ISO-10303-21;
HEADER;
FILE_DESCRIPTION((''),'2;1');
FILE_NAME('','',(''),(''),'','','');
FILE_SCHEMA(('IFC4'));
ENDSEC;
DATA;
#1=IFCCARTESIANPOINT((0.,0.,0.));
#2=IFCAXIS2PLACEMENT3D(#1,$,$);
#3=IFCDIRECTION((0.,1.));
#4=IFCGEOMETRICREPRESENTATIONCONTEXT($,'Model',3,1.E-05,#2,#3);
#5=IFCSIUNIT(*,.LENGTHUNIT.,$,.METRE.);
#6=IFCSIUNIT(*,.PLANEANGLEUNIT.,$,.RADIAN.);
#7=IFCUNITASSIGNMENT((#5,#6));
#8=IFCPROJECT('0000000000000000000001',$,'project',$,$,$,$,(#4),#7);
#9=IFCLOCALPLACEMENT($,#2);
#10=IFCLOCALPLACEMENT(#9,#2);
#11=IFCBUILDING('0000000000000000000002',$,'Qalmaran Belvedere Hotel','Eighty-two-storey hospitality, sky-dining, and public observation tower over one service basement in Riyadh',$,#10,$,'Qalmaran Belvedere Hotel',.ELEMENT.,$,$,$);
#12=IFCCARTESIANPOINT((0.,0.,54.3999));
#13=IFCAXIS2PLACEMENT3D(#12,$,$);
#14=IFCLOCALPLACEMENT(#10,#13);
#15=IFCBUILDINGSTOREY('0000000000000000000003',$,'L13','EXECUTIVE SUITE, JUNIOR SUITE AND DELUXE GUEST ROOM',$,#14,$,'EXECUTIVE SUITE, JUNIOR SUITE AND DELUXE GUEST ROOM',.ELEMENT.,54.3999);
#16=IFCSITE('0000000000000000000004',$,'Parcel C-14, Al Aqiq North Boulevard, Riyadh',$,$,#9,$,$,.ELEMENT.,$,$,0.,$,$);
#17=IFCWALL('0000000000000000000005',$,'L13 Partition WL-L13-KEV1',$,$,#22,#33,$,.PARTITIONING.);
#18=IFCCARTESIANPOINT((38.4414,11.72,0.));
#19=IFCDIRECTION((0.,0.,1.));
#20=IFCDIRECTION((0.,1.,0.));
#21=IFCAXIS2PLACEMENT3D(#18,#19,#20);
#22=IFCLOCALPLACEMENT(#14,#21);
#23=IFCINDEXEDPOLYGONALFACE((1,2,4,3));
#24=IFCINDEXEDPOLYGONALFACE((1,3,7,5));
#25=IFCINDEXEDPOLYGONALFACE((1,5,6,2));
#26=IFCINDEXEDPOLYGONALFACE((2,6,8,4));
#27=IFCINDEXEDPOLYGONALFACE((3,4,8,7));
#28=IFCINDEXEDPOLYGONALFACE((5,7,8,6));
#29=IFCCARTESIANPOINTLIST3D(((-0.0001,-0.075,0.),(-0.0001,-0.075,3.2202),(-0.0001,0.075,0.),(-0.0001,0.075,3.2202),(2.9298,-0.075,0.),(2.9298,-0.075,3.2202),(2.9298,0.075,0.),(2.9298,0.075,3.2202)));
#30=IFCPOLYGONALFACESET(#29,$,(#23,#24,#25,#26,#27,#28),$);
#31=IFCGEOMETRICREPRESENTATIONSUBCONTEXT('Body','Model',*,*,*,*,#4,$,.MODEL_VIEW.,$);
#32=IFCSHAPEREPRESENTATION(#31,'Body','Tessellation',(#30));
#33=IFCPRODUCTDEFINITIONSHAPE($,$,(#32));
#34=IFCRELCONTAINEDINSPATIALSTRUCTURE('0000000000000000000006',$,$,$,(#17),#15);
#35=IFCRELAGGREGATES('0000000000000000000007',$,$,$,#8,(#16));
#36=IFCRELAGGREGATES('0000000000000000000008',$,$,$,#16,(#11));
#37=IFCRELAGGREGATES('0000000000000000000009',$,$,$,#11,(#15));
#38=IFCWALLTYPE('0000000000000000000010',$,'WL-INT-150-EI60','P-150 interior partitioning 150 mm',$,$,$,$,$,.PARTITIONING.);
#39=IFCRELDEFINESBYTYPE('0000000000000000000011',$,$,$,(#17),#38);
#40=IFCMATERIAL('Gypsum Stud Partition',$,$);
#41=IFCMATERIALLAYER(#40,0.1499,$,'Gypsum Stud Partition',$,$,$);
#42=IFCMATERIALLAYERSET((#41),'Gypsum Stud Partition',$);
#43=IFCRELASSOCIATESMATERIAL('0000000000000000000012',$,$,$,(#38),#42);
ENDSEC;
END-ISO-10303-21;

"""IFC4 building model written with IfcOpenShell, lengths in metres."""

from ifc_helpers import new_model, si_unit, direction, frame, frame_2d, origin, place, context, subcontext, project, spatial, rectangle, extrude, material, layer, layer_set, type_object, element, save


model = new_model("IFC4")

# Units and contexts
model_context = context("Model", 3, precision=1e-05, world=origin(), true_north=direction((0.0, 1.0)))
body_context = subcontext(model_context, "Body", "Model", "MODEL_VIEW")
ifc_project = project(units=[si_unit("LENGTHUNIT", "METRE"), si_unit("PLANEANGLEUNIT", "RADIAN")], contexts=[model_context])

# Site, building, storey
site_placement = place(None, origin())
site = spatial("IfcSite", under=ifc_project, at=site_placement, Name="Parcel C-14, Al Aqiq North Boulevard, Riyadh", CompositionType="ELEMENT", RefElevation=0.0)
building_placement = place(site_placement, origin())
building = spatial("IfcBuilding", under=site, at=building_placement, Name="Qalmaran Belvedere Hotel", Description="Eighty-two-storey hospitality, sky-dining, and public observation tower over one service basement in Riyadh", LongName="Qalmaran Belvedere Hotel", CompositionType="ELEMENT")
storey_placement = place(building_placement, frame((0.0, 0.0, 54.3999)))
storey = spatial("IfcBuildingStorey", under=building, at=storey_placement, Name="L13", Description="EXECUTIVE SUITE, JUNIOR SUITE AND DELUXE GUEST ROOM", LongName="EXECUTIVE SUITE, JUNIOR SUITE AND DELUXE GUEST ROOM", CompositionType="ELEMENT", Elevation=54.3999)

# Wall
ifc_material_1 = material(Name="Gypsum Stud Partition")
ifc_layer_1 = layer(ifc_material_1, 0.1499, Name="Gypsum Stud Partition")
ifc_layer_set_1 = layer_set([ifc_layer_1], Name="Gypsum Stud Partition")
wall_type_1 = type_object("IfcWallType", Name="WL-INT-150-EI60", Description="P-150 interior partitioning 150 mm", PredefinedType="PARTITIONING", material=ifc_layer_set_1)
wall_1_placement = place(storey_placement, frame((38.4414, 11.72, 0.0), z_axis=(0.0, 0.0, 1.0), x_axis=(0.0, 1.0, 0.0)))
element("IfcWall", 1, at=wall_1_placement, inside=storey, type_object=wall_type_1, Name="L13 Partition WL-L13-KEV1", PredefinedType="PARTITIONING", context=body_context, shape_type="SweptSolid", body=[
    extrude(rectangle(XDim=2.9299, YDim=0.1499, at=frame_2d((1.4648, 0.0))), origin(), (0.0, 0.0, 1.0), 3.2202),
])

save(model, "model.ifc")
